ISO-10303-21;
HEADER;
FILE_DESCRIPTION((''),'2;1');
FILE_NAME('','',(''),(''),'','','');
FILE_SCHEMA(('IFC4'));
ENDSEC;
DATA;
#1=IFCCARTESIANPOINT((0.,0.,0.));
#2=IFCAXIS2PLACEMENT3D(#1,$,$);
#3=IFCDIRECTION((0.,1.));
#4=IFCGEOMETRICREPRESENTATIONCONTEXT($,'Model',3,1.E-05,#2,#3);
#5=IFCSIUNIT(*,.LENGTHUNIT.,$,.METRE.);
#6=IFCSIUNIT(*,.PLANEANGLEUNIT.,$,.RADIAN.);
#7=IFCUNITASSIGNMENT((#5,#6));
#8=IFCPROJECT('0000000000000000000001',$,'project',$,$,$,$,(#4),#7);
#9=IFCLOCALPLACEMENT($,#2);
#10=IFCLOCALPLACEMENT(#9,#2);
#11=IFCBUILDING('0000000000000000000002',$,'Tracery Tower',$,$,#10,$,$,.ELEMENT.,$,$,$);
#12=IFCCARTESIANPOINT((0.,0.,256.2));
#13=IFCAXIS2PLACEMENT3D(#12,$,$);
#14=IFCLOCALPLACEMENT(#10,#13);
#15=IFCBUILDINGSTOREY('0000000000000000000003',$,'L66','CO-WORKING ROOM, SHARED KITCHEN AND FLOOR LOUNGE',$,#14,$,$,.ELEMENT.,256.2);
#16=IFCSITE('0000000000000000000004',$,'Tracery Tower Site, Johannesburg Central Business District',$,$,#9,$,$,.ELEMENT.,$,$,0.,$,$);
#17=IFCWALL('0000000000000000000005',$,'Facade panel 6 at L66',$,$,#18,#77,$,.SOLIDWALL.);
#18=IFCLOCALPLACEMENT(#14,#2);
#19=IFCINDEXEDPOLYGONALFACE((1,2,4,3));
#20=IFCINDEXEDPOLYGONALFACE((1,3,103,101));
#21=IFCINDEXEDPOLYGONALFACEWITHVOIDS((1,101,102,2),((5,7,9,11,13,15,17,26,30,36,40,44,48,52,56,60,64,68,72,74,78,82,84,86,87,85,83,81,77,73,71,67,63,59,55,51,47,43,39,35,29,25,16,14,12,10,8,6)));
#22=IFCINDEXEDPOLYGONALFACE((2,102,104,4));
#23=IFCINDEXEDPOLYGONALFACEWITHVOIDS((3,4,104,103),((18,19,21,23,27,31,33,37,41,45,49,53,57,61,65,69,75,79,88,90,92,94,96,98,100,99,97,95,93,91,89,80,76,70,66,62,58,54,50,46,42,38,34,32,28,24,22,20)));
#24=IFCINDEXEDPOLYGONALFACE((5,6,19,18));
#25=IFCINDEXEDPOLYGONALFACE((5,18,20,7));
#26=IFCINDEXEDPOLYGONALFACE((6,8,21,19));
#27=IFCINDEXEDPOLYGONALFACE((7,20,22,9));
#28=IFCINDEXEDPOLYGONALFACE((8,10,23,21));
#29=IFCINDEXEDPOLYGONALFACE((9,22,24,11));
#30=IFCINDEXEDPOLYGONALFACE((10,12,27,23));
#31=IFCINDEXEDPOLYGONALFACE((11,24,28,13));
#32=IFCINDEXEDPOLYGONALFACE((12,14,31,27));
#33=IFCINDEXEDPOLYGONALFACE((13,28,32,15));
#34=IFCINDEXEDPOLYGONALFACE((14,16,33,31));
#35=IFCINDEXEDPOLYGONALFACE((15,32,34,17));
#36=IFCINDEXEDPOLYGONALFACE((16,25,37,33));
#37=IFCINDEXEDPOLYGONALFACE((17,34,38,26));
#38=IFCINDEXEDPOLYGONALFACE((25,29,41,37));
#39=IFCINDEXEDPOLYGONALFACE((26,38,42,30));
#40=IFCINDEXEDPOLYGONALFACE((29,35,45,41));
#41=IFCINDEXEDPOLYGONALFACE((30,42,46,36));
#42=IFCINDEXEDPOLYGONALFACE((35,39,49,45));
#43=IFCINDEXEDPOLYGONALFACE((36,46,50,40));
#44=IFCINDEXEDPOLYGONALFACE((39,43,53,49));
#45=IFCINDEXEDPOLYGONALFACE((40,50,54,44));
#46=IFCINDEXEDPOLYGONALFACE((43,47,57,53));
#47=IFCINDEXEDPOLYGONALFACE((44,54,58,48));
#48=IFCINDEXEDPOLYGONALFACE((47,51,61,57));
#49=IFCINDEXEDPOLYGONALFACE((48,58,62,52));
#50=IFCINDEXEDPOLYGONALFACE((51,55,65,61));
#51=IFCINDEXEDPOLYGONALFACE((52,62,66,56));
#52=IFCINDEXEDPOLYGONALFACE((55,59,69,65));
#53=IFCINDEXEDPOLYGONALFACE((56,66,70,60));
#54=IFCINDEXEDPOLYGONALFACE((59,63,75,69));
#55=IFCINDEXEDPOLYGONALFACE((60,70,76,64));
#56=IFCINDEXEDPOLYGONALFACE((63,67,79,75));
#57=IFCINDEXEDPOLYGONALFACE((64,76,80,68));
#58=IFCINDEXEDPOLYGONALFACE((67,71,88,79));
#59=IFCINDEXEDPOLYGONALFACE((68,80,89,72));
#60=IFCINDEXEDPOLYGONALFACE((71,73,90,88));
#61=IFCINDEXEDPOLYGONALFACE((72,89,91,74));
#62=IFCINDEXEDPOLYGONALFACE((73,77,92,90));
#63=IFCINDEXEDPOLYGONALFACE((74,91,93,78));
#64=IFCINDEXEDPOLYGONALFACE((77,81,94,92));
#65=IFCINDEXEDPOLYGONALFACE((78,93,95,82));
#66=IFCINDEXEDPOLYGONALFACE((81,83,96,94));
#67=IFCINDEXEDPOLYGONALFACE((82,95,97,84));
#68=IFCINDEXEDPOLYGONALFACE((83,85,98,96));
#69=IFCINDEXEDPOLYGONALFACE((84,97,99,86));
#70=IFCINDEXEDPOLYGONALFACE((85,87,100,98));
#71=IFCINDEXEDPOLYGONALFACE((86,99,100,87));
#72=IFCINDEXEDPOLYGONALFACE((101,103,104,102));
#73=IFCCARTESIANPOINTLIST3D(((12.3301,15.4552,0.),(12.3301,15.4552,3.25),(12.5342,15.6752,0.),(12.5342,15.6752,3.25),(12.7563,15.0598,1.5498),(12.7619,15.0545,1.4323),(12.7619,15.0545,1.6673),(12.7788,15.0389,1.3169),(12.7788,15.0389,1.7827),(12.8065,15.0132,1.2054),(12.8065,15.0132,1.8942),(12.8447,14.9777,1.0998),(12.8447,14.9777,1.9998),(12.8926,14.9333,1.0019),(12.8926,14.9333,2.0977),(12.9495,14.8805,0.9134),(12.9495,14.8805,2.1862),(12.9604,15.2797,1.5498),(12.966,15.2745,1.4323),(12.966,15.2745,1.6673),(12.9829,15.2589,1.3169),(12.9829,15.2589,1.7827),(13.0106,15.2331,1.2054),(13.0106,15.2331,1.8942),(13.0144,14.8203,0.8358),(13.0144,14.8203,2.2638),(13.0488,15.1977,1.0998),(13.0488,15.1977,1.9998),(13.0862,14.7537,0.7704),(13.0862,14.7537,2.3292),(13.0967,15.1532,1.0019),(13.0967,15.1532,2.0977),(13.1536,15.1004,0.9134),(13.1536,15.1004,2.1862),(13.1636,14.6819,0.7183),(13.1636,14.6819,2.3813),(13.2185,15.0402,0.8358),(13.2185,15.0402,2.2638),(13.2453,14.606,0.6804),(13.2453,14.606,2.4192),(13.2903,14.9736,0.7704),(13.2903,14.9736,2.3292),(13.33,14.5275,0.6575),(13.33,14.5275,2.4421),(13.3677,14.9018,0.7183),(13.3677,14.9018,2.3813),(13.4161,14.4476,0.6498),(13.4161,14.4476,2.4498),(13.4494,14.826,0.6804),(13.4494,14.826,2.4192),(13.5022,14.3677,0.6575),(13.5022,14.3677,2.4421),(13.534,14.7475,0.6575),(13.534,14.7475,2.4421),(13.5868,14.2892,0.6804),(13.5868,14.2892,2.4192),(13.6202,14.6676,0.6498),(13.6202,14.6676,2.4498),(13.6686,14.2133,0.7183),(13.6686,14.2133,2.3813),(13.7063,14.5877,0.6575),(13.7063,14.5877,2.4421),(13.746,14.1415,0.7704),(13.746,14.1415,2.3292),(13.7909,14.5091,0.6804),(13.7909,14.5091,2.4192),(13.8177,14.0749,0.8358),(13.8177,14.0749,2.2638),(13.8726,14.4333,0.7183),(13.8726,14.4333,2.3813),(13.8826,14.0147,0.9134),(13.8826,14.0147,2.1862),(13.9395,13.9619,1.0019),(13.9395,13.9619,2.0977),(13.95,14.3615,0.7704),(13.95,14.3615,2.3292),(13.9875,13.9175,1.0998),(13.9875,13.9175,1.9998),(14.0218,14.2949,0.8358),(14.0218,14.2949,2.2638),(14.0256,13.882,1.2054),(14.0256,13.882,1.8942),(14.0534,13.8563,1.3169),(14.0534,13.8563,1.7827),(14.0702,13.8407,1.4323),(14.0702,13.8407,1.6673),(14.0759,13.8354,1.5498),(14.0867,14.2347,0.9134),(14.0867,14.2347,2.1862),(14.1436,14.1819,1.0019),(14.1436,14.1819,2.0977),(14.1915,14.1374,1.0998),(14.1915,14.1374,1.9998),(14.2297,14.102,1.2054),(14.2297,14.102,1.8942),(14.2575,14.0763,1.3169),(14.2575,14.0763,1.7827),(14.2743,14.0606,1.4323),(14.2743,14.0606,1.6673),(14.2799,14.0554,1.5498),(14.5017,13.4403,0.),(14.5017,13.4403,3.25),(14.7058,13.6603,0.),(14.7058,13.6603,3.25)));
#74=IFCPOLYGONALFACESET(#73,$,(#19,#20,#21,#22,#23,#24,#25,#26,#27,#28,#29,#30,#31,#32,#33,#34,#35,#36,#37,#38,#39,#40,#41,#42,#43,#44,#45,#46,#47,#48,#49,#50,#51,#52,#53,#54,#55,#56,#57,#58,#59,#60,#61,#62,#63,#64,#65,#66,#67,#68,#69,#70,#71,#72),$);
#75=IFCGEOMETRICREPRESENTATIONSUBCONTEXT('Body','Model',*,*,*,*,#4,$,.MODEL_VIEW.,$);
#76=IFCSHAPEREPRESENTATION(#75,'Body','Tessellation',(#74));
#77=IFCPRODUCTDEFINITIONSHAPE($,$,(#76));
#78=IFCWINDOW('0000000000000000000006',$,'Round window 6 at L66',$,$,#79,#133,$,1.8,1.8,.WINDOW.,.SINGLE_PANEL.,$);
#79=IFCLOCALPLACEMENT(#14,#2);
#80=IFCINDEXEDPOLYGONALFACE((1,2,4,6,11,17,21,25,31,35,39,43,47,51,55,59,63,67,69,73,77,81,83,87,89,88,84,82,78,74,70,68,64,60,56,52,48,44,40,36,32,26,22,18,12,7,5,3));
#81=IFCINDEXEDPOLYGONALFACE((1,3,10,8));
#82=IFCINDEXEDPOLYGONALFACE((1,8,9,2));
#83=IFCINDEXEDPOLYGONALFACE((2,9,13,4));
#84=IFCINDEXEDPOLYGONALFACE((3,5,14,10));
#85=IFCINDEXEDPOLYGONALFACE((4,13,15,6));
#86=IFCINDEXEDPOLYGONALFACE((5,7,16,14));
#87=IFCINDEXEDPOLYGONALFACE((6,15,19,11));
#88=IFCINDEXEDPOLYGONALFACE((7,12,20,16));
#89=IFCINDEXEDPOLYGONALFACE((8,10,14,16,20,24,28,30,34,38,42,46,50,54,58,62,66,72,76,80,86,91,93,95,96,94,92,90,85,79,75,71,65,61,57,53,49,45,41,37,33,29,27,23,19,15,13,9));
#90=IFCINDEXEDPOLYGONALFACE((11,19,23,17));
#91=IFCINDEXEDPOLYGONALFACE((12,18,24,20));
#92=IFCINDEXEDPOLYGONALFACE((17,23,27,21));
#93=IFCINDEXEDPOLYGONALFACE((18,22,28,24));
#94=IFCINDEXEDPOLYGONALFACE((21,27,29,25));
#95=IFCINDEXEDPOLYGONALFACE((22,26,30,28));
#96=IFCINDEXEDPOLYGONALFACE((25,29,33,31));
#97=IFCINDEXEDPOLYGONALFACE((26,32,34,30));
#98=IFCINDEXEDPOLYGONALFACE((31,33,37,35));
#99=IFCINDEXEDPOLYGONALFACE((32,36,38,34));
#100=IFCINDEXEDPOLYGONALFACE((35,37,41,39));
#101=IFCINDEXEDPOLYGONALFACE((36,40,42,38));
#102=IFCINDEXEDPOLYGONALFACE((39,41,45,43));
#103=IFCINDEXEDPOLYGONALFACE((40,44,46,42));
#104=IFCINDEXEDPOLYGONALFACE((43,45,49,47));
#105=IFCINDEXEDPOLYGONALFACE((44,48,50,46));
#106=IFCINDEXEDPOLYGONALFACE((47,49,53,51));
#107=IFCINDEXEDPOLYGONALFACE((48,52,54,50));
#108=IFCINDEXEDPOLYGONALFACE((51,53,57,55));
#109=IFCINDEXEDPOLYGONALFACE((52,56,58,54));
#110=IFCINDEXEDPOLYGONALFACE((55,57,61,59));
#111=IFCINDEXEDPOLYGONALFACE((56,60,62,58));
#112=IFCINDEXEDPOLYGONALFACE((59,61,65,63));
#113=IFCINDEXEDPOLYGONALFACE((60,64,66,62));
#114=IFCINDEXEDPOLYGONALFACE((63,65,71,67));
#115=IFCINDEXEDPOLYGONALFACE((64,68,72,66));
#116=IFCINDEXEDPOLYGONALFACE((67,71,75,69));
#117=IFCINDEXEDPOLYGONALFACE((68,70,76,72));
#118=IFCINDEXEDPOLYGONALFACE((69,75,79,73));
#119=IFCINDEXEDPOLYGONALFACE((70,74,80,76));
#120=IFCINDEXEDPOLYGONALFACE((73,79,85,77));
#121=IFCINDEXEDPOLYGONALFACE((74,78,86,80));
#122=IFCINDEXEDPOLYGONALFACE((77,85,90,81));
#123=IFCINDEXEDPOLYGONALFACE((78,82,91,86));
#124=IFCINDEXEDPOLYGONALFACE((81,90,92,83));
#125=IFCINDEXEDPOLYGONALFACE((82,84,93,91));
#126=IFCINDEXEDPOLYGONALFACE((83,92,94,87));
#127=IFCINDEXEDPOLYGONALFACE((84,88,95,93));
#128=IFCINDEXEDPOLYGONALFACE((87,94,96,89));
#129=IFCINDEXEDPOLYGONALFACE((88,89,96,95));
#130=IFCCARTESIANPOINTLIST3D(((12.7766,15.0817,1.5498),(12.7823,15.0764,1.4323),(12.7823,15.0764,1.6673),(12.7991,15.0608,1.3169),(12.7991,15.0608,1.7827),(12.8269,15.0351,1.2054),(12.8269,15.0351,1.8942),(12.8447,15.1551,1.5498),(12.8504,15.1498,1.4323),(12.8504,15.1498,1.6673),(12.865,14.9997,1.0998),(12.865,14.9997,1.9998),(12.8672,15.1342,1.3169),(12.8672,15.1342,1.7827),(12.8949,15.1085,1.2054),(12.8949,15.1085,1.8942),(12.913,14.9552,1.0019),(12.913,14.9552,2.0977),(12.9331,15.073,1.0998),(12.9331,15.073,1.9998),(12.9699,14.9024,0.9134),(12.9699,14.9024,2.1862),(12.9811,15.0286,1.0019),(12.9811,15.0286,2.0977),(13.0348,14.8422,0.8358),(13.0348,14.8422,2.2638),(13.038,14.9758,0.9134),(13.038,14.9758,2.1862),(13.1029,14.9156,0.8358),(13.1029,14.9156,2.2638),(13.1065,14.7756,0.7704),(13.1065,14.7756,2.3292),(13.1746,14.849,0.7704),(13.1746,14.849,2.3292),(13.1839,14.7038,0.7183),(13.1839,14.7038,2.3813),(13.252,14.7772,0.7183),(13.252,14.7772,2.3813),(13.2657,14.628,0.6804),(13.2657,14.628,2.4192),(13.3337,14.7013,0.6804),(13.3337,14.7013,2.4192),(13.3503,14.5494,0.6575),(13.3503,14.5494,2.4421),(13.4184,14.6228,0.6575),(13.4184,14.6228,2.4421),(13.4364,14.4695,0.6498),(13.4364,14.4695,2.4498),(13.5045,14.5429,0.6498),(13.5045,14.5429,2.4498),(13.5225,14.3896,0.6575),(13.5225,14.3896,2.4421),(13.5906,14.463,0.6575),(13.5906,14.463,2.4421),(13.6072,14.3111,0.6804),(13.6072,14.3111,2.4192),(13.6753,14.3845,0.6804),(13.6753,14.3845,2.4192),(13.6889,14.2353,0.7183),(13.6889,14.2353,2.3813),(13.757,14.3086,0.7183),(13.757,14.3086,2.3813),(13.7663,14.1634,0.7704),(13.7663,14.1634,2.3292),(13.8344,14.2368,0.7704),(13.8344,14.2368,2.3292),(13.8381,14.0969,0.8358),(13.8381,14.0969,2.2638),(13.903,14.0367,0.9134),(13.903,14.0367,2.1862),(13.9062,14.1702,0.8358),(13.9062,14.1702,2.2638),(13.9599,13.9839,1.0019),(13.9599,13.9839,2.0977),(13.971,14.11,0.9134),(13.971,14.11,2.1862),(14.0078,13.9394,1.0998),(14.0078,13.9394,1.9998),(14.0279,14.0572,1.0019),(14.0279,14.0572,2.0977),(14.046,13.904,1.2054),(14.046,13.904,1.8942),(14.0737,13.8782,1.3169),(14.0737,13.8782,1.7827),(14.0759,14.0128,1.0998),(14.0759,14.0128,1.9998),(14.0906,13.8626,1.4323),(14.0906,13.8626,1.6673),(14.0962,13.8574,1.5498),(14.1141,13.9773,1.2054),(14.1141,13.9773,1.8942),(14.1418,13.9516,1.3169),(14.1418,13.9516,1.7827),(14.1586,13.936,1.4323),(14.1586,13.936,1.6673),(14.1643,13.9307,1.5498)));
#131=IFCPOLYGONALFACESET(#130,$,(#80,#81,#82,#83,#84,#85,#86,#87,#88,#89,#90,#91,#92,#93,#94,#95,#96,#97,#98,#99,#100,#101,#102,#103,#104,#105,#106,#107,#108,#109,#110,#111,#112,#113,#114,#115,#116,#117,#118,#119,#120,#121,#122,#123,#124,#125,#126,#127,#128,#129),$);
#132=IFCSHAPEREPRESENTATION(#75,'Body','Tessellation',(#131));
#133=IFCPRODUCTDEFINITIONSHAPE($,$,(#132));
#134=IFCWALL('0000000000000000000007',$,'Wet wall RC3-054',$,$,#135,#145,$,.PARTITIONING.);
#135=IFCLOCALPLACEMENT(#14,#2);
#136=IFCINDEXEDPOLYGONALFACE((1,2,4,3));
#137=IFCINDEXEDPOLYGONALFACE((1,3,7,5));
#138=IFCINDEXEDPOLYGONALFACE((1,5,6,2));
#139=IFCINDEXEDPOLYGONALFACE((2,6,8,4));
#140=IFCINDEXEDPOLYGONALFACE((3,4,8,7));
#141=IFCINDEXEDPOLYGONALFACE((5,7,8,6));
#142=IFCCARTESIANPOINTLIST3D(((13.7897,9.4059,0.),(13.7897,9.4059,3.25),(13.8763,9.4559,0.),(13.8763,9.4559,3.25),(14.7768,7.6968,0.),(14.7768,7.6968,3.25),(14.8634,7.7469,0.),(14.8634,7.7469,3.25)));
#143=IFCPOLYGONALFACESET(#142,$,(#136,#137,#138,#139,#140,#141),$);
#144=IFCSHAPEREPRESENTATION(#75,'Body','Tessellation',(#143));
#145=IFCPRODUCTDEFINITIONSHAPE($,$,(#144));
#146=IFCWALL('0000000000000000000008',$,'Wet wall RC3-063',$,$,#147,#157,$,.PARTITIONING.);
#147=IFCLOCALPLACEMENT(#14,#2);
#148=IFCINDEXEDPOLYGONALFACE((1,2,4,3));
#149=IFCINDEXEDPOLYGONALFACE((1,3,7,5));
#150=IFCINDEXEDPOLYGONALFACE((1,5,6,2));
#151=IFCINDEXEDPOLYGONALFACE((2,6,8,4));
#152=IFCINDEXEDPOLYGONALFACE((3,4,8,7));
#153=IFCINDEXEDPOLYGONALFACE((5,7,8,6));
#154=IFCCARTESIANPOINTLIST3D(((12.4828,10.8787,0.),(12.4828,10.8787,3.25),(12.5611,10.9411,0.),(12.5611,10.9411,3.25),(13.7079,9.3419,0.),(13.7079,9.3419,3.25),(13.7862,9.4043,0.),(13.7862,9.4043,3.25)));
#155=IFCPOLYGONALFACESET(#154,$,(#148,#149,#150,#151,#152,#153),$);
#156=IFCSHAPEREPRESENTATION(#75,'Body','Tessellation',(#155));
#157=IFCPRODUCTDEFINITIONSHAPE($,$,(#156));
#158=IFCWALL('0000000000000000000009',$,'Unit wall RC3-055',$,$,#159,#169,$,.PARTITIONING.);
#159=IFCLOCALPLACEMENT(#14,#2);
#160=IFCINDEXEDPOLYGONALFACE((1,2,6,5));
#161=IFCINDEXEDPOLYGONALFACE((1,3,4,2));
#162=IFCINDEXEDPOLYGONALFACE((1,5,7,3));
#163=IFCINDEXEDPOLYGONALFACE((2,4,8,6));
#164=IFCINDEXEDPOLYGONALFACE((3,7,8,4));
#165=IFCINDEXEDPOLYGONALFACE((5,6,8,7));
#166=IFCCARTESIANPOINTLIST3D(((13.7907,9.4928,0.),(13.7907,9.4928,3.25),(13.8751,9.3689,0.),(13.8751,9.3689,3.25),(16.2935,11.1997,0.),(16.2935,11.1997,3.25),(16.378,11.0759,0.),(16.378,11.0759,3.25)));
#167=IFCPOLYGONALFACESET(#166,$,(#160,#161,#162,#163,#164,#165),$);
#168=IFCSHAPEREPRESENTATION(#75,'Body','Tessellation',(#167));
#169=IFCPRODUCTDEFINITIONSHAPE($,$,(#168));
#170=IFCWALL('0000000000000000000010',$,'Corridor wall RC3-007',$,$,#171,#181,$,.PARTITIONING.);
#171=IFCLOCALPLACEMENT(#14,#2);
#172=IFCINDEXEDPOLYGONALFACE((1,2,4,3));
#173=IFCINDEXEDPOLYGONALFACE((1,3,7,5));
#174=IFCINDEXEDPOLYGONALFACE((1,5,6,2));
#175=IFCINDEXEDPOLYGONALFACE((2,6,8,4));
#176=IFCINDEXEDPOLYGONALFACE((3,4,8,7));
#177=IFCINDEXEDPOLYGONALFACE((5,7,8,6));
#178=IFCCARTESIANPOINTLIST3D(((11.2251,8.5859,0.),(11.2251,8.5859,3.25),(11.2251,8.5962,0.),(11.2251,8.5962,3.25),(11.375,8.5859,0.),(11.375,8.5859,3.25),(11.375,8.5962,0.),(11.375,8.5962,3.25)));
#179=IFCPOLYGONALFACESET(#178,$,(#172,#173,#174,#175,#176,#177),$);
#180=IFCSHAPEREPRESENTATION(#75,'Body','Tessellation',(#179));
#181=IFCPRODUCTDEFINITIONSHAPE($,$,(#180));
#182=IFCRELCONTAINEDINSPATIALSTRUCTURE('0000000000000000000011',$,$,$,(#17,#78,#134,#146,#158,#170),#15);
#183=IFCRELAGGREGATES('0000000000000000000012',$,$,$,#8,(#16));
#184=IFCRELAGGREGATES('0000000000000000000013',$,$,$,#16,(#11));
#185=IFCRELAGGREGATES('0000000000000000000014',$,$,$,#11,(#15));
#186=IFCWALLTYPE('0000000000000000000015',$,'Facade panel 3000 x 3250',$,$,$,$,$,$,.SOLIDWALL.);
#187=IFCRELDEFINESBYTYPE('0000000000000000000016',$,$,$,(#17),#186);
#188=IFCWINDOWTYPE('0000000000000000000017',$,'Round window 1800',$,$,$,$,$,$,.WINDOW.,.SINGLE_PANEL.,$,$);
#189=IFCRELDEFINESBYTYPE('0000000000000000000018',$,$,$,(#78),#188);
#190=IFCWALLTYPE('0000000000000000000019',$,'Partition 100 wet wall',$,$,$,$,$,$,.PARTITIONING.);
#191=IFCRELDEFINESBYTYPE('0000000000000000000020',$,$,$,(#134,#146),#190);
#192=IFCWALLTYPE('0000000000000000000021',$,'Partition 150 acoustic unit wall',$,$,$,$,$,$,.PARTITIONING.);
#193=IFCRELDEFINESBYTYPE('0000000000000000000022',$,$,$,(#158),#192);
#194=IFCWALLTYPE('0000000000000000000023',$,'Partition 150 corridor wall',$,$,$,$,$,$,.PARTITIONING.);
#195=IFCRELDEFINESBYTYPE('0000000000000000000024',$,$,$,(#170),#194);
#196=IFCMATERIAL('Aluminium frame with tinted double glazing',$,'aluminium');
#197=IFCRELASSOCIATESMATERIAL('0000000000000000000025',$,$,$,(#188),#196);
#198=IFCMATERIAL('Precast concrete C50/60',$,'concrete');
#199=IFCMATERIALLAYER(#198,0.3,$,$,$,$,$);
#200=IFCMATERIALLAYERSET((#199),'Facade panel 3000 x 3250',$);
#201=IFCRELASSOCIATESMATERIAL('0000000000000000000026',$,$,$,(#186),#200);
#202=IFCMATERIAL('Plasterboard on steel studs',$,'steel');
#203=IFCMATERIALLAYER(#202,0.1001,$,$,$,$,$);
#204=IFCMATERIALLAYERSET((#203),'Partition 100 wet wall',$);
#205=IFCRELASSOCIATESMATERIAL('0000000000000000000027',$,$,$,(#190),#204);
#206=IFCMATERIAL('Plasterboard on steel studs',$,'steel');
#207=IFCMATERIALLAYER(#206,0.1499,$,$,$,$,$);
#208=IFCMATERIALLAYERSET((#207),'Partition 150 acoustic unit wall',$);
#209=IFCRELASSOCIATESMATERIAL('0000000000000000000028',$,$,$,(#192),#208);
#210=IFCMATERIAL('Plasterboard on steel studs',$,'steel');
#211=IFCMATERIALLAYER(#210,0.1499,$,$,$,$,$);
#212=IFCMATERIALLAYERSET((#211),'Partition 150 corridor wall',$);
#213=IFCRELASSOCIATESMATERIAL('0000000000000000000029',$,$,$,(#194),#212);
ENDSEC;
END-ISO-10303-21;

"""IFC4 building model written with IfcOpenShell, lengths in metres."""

from ifc_helpers import new_model, si_unit, direction, frame, frame_2d, origin, origin_2d, place, context, subcontext, project, spatial, rectangle, circle, extrude, material, layer, layer_set, type_object, element, fill, save


model = new_model("IFC4")

# Units and contexts
model_context = context("Model", 3, precision=1e-05, world=origin(), true_north=direction((0.0, 1.0)))
body_context = subcontext(model_context, "Body", "Model", "MODEL_VIEW")
ifc_project = project(units=[si_unit("LENGTHUNIT", "METRE"), si_unit("PLANEANGLEUNIT", "RADIAN")], contexts=[model_context])

# Site, building, storey
site_placement = place(None, origin())
site = spatial("IfcSite", under=ifc_project, at=site_placement, Name="Tracery Tower Site, Johannesburg Central Business District", CompositionType="ELEMENT", RefElevation=0.0)
building_placement = place(site_placement, origin())
building = spatial("IfcBuilding", under=site, at=building_placement, Name="Tracery Tower", CompositionType="ELEMENT")
storey_placement = place(building_placement, frame((0.0, 0.0, 256.2)))
storey = spatial("IfcBuildingStorey", under=building, at=storey_placement, Name="L66", Description="CO-WORKING ROOM, SHARED KITCHEN AND FLOOR LOUNGE", CompositionType="ELEMENT", Elevation=256.2)

# Wall, opening, window
ifc_material_1 = material(Name="Aluminium frame with tinted double glazing", Category="aluminium")
window_type = type_object("IfcWindowType", Name="Round window 1800", PartitioningType="SINGLE_PANEL", PredefinedType="WINDOW", material=ifc_material_1)
ifc_material_2 = material(Name="Precast concrete C50/60", Category="concrete")
ifc_layer_1 = layer(ifc_material_2, 0.3)
ifc_layer_set_1 = layer_set([ifc_layer_1], Name="Facade panel 3000 x 3250")
wall_type_1 = type_object("IfcWallType", Name="Facade panel 3000 x 3250", PredefinedType="SOLIDWALL", material=ifc_layer_set_1)
wall_1_placement = place(storey_placement, frame((14.6038, 13.5503, 0.0), z_axis=(0.0, 0.0, 1.0), x_axis=(-0.733066, 0.680157, 0.0)))
wall_1 = element("IfcWall", 1, at=wall_1_placement, inside=storey, type_object=wall_type_1, Name="Facade panel 6 at L66", PredefinedType="SOLIDWALL", context=body_context, shape_type="SweptSolid", body=[
    extrude(rectangle(XDim=2.9624, YDim=0.3, at=frame_2d((1.4812, 0.0))), origin(), (0.0, 0.0, 1.0), 3.25),
])
opening_1_placement = place(wall_1_placement, frame((1.481, 0.0, 1.5498)))
opening_1 = element("IfcOpeningElement", 2, at=opening_1_placement, cuts=wall_1, PredefinedType="OPENING", context=body_context, shape_type="SweptSolid", body=[
    extrude(circle(Radius=0.9, at=origin_2d()), frame((0.0, 0.1599, 0.0), z_axis=(0.0, -1.0, 0.0), x_axis=(1.0, 0.0, 0.0)), (0.0, 0.0, 1.0), 0.3201),
])
window_1_placement = place(opening_1_placement, origin())
window_1 = element("IfcWindow", 3, at=window_1_placement, inside=storey, type_object=window_type, Name="Round window 6 at L66", OverallHeight=1.8, OverallWidth=1.8, PartitioningType="SINGLE_PANEL", PredefinedType="WINDOW", context=body_context, shape_type="SweptSolid", body=[
    extrude(circle(Radius=0.9, at=origin_2d()), frame((0.0, 0.1201, 0.0), z_axis=(0.0, -1.0, 0.0), x_axis=(1.0, 0.0, 0.0)), (0.0, 0.0, 1.0), 0.1001),
])
fill(opening_1, window_1)

# Walls
ifc_material_3 = material(Name="Plasterboard on steel studs", Category="steel")
ifc_layer_2 = layer(ifc_material_3, 0.1001)
ifc_layer_set_2 = layer_set([ifc_layer_2], Name="Partition 100 wet wall")
wall_type_2 = type_object("IfcWallType", Name="Partition 100 wet wall", PredefinedType="PARTITIONING", material=ifc_layer_set_2)
wall_2_placement = place(storey_placement, frame((13.833, 9.4309, 0.0), z_axis=(0.0, 0.0, 1.0), x_axis=(0.500144, -0.865942, 0.0)))
element("IfcWall", 4, at=wall_2_placement, inside=storey, type_object=wall_type_2, Name="Wet wall RC3-054", PredefinedType="PARTITIONING", context=body_context, shape_type="SweptSolid", body=[
    extrude(rectangle(XDim=1.9736, YDim=0.1001, at=frame_2d((0.9868, 0.0))), origin(), (0.0, 0.0, 1.0), 3.25),
])
wall_3_placement = place(storey_placement, frame((12.522, 10.9099, 0.0), z_axis=(0.0, 0.0, 1.0), x_axis=(0.623331, -0.781958, 0.0)))
element("IfcWall", 5, at=wall_3_placement, inside=storey, type_object=wall_type_2, Name="Wet wall RC3-063", PredefinedType="PARTITIONING", context=body_context, shape_type="SweptSolid", body=[
    extrude(rectangle(XDim=1.9653, YDim=0.1001, at=frame_2d((0.9827, 0.0))), origin(), (0.0, 0.0, 1.0), 3.25),
])
ifc_material_4 = material(Name="Plasterboard on steel studs", Category="steel")
ifc_layer_3 = layer(ifc_material_4, 0.1499)
ifc_layer_set_3 = layer_set([ifc_layer_3], Name="Partition 150 acoustic unit wall")
wall_type_3 = type_object("IfcWallType", Name="Partition 150 acoustic unit wall", PredefinedType="PARTITIONING", material=ifc_layer_set_3)
wall_4_placement = place(storey_placement, frame((13.833, 9.4309, 0.0), z_axis=(0.0, 0.0, 1.0), x_axis=(0.826152, 0.563447, 0.0)))
element("IfcWall", 6, at=wall_4_placement, inside=storey, type_object=wall_type_3, Name="Unit wall RC3-055", PredefinedType="PARTITIONING", context=body_context, shape_type="SweptSolid", body=[
    extrude(rectangle(XDim=3.0295, YDim=0.1499, at=frame_2d((1.5146, 0.0))), origin(), (0.0, 0.0, 1.0), 3.25),
])
ifc_material_5 = material(Name="Plasterboard on steel studs", Category="steel")
ifc_layer_4 = layer(ifc_material_5, 0.1499)
ifc_layer_set_4 = layer_set([ifc_layer_4], Name="Partition 150 corridor wall")
wall_type_4 = type_object("IfcWallType", Name="Partition 150 corridor wall", PredefinedType="PARTITIONING", material=ifc_layer_set_4)
wall_5_placement = place(storey_placement, frame((11.3, 8.5859, 0.0), z_axis=(0.0, 0.0, 1.0), x_axis=(0.0, 1.0, 0.0)))
element("IfcWall", 7, at=wall_5_placement, inside=storey, type_object=wall_type_4, Name="Corridor wall RC3-007", PredefinedType="PARTITIONING", context=body_context, shape_type="SweptSolid", body=[
    extrude(rectangle(XDim=0.0103, YDim=0.1499, at=frame_2d((0.0051, 0.0))), origin(), (0.0, 0.0, 1.0), 3.25),
])

save(model, "model.ifc")
